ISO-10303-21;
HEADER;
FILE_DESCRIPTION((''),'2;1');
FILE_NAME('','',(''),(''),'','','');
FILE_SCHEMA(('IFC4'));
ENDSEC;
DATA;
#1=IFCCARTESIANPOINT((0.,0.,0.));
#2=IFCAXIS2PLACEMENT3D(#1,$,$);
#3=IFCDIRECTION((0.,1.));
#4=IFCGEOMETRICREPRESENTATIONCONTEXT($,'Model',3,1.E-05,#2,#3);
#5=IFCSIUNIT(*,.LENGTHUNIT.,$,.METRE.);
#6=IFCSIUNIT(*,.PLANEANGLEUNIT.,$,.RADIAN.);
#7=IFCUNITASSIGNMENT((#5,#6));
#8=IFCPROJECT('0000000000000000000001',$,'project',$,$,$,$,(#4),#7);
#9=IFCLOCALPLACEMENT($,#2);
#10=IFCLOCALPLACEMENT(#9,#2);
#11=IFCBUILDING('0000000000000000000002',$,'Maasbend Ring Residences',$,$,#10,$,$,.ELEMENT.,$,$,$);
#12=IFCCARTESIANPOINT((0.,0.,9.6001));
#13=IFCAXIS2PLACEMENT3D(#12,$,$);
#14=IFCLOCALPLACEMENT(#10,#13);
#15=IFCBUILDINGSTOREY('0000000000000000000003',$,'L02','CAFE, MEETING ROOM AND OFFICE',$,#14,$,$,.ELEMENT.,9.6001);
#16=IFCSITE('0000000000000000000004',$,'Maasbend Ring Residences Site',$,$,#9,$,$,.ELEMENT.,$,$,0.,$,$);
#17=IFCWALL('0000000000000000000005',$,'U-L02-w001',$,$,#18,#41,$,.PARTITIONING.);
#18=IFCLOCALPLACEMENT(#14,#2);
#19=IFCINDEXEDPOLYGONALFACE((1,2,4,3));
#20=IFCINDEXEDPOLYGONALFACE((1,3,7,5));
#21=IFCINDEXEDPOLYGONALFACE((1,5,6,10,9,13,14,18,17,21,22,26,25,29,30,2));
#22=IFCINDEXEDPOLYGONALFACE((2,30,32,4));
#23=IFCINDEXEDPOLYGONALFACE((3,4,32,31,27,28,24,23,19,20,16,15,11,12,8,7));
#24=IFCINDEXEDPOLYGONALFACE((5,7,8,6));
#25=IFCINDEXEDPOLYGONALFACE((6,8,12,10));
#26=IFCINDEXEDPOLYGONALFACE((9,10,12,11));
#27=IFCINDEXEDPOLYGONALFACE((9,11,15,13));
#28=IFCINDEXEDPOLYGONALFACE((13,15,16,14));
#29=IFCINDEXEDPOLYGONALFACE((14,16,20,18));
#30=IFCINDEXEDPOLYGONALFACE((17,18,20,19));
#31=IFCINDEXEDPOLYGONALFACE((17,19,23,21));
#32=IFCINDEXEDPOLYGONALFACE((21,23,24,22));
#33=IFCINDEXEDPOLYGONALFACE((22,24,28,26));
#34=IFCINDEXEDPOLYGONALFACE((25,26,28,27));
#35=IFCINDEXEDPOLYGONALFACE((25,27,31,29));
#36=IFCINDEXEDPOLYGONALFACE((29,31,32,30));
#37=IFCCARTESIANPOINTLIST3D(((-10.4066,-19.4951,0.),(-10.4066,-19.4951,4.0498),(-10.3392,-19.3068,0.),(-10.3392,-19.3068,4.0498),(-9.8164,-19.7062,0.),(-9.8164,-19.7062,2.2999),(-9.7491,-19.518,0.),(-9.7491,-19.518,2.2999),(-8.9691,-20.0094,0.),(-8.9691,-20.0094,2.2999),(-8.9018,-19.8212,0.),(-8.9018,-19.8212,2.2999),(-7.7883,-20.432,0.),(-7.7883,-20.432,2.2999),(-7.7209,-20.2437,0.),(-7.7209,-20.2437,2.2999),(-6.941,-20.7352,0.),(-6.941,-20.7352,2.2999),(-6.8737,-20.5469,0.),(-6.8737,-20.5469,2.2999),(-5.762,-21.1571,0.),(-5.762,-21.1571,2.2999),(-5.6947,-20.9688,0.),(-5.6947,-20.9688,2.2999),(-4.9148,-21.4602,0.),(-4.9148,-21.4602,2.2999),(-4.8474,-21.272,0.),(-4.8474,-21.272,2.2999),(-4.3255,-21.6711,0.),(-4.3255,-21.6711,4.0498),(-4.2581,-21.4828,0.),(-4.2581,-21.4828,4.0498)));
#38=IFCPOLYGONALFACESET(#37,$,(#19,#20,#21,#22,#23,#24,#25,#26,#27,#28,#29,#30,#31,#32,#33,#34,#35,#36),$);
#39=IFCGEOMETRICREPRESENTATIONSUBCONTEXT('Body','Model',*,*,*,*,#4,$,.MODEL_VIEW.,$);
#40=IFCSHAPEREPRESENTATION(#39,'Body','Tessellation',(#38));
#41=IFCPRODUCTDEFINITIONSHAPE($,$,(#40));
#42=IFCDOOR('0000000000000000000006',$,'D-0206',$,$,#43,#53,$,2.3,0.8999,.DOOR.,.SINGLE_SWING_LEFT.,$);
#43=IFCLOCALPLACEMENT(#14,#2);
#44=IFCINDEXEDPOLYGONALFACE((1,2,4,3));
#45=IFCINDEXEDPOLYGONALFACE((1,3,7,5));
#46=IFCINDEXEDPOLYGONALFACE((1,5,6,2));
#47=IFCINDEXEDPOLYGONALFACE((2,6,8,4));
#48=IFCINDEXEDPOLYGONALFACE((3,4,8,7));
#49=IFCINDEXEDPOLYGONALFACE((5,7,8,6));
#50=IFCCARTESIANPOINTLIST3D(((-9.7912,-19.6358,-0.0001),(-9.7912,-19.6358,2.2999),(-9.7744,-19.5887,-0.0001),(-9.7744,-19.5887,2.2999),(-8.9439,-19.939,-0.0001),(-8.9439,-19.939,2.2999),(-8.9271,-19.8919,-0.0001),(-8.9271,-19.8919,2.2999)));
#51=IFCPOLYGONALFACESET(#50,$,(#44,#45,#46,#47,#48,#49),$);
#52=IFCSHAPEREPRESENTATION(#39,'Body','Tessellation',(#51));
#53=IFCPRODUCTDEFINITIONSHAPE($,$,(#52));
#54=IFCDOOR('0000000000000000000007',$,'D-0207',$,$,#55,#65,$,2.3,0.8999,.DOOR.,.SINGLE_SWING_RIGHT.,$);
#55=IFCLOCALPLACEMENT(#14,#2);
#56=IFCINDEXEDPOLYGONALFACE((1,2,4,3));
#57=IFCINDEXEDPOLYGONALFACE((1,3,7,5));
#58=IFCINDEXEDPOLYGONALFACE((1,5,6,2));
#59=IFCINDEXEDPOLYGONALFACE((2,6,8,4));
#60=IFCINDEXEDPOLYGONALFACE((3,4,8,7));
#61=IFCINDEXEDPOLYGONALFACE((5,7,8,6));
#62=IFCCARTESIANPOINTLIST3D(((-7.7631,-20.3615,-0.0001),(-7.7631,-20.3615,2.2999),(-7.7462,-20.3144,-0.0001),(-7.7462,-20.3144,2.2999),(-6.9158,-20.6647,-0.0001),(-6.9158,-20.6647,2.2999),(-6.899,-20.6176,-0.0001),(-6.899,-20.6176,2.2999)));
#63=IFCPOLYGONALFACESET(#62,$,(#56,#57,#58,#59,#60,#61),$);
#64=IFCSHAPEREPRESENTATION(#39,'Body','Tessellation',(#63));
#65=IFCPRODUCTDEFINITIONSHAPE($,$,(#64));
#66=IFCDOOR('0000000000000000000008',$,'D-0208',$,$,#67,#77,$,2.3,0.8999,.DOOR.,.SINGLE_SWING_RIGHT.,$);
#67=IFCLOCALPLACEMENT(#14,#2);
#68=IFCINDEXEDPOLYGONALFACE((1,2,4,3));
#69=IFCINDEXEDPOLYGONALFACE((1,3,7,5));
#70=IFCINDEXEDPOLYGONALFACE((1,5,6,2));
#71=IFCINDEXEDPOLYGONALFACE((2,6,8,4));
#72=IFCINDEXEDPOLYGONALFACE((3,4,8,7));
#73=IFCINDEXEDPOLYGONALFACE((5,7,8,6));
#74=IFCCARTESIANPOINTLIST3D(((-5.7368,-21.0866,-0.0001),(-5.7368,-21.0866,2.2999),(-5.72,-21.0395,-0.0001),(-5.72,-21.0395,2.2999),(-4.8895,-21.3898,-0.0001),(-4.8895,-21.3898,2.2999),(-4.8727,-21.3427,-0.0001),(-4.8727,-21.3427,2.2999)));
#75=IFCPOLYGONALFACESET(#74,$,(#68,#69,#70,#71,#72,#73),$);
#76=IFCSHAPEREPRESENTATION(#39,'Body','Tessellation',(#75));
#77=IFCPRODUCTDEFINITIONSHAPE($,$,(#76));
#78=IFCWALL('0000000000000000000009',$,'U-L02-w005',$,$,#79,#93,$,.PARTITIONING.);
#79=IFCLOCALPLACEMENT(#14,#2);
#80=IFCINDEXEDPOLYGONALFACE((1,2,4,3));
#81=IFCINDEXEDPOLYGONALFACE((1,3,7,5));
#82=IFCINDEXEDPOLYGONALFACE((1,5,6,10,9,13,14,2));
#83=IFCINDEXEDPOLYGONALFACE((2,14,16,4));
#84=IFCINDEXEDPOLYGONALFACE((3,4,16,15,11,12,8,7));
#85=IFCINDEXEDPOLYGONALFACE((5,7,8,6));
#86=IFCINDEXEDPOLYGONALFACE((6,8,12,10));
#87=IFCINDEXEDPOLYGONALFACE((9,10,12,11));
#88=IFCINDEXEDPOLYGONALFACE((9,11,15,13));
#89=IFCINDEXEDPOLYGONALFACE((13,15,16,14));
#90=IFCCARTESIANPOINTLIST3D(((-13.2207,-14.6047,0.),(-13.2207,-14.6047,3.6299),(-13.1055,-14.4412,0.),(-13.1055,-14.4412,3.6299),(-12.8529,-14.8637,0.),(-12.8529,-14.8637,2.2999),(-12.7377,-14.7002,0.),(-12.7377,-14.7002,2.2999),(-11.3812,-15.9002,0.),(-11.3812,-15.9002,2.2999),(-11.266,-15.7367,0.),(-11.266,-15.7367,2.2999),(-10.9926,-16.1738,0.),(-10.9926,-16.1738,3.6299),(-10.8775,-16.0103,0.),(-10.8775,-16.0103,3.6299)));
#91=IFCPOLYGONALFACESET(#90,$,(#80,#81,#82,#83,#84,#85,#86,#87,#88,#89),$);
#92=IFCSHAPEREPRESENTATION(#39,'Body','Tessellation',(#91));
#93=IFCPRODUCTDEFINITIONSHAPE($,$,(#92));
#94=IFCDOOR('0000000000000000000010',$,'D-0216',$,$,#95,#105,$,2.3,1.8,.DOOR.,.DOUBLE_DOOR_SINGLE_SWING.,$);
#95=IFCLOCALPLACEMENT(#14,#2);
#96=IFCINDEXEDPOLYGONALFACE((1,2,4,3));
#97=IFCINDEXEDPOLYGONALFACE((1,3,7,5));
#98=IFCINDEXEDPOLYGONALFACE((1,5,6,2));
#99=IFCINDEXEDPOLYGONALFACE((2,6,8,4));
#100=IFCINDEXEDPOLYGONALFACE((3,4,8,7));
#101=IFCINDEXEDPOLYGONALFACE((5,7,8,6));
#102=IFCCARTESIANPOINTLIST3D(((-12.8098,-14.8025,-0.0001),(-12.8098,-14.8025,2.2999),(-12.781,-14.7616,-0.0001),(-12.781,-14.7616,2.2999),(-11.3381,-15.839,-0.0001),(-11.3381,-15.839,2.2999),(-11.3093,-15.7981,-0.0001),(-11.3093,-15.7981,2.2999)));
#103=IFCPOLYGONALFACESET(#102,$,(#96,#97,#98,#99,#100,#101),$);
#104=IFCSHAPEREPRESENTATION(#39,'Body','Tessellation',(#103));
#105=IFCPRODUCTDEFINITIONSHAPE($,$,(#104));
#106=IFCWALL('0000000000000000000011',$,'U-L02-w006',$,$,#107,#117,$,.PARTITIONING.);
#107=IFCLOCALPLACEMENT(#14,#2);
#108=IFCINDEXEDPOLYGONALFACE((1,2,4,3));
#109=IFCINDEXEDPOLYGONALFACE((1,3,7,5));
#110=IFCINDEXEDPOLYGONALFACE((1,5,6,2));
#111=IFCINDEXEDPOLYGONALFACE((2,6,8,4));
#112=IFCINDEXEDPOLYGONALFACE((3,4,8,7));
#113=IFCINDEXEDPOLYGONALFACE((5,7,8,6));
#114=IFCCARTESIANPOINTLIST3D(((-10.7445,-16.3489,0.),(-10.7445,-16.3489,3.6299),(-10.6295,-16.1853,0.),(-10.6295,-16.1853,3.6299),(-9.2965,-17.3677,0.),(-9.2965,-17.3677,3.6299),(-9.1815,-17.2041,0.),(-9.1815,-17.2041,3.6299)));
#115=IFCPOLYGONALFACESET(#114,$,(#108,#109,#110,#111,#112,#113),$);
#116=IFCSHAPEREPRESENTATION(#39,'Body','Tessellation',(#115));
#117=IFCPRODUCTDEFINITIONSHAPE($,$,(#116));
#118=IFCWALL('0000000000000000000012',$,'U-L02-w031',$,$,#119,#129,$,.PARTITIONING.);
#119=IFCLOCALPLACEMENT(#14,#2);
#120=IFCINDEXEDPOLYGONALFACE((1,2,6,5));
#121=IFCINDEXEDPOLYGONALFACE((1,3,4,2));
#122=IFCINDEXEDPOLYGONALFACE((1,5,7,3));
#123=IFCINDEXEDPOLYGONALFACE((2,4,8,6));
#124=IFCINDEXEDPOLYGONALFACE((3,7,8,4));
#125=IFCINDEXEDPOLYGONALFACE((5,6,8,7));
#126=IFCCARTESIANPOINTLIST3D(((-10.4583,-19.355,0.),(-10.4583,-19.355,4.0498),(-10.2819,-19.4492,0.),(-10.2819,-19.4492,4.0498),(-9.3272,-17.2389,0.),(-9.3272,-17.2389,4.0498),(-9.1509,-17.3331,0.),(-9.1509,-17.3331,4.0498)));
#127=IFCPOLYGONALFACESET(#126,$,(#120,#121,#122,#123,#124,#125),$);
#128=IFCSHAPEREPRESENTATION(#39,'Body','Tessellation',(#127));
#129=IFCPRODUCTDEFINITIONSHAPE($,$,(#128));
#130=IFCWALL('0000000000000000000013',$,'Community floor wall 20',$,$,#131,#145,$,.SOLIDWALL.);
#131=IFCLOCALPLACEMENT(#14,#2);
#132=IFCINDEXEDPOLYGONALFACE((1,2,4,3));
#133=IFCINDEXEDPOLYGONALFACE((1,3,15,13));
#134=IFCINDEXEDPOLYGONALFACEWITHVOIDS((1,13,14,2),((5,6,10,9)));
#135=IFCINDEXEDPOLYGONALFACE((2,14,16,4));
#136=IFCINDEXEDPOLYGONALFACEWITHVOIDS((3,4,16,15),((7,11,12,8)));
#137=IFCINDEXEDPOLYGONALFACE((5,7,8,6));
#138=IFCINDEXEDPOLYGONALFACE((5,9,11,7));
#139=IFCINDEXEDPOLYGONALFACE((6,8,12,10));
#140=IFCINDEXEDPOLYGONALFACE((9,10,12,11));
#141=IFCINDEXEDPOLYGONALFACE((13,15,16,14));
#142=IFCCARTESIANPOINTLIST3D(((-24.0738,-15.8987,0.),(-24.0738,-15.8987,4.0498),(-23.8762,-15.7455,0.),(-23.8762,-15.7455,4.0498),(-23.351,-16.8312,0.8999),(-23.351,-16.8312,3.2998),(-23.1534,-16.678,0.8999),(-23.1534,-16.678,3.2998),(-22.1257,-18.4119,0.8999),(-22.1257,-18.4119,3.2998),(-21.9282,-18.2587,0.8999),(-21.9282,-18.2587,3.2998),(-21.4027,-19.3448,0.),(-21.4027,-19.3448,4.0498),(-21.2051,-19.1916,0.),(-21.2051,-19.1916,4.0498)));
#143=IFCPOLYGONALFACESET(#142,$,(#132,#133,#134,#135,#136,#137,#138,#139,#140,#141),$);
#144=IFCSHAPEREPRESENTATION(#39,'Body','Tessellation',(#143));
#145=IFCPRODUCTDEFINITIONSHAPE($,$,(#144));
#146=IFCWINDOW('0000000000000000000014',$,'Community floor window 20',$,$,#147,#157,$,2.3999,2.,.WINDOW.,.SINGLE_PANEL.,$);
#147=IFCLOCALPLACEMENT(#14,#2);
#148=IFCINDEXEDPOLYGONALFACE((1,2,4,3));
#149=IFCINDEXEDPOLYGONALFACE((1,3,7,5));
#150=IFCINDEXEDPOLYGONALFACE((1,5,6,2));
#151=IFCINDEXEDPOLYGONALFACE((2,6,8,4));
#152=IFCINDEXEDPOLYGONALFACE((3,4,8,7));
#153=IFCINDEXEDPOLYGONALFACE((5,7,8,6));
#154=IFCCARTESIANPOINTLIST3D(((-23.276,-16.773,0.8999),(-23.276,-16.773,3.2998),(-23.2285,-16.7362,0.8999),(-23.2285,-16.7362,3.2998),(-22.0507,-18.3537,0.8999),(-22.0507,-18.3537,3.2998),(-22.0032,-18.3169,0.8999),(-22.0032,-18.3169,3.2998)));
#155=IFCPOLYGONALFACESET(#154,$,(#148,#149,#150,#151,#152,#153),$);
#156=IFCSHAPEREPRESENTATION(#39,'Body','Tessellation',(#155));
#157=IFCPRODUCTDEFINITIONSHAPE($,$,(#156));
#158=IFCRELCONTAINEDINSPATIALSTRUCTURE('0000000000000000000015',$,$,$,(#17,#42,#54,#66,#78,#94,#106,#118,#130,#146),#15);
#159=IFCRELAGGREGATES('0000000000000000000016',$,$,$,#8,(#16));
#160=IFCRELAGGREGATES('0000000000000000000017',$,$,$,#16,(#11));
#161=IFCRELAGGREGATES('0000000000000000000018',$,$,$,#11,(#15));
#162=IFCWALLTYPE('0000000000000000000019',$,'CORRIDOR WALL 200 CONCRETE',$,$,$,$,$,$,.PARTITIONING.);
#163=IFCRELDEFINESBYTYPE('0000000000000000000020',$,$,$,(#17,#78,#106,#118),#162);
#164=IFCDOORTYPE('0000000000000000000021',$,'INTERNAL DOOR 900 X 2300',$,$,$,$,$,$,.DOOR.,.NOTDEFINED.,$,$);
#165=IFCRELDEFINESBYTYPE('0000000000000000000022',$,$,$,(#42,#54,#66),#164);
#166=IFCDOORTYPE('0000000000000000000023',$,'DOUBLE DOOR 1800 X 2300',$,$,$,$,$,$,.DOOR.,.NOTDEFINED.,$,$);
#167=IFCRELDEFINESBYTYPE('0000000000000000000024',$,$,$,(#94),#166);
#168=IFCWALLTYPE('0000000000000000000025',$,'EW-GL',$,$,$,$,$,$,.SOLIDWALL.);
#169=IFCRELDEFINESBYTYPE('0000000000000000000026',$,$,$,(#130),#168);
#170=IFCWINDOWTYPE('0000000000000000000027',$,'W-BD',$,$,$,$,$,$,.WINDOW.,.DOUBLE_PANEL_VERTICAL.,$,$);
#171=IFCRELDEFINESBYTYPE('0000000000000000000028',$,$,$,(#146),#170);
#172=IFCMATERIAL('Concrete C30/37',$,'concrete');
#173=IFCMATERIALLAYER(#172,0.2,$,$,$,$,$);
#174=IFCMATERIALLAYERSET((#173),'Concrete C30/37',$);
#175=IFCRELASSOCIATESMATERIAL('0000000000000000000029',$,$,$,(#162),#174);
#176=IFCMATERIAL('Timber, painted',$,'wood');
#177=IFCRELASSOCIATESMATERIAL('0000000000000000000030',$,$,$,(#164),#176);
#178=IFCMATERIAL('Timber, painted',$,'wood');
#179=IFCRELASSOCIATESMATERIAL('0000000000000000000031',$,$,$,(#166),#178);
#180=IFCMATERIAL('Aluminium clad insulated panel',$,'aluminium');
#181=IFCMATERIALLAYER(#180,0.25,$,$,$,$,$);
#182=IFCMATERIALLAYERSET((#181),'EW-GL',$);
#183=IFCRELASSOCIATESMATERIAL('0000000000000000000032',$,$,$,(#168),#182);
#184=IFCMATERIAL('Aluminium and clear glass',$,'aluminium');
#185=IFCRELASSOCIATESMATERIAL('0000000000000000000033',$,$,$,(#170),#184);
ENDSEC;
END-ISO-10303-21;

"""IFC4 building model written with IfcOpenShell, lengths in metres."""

from ifc_helpers import new_model, si_unit, direction, frame, frame_2d, origin, place, context, subcontext, project, spatial, rectangle, extrude, material, layer, layer_set, type_object, element, fill, save


model = new_model("IFC4")

# Units and contexts
model_context = context("Model", 3, precision=1e-05, world=origin(), true_north=direction((0.0, 1.0)))
body_context = subcontext(model_context, "Body", "Model", "MODEL_VIEW")
ifc_project = project(units=[si_unit("LENGTHUNIT", "METRE"), si_unit("PLANEANGLEUNIT", "RADIAN")], contexts=[model_context])

# Site, building, storey
site_placement = place(None, origin())
site = spatial("IfcSite", under=ifc_project, at=site_placement, Name="Maasbend Ring Residences Site", CompositionType="ELEMENT", RefElevation=0.0)
building_placement = place(site_placement, origin())
building = spatial("IfcBuilding", under=site, at=building_placement, Name="Maasbend Ring Residences", CompositionType="ELEMENT")
storey_placement = place(building_placement, frame((0.0, 0.0, 9.6001)))
storey = spatial("IfcBuildingStorey", under=building, at=storey_placement, Name="L02", Description="CAFE, MEETING ROOM AND OFFICE", CompositionType="ELEMENT", Elevation=9.6001)

# Wall, openings, doors
ifc_material_1 = material(Name="Concrete C30/37", Category="concrete")
ifc_layer_1 = layer(ifc_material_1, 0.2)
ifc_layer_set_1 = layer_set([ifc_layer_1], Name="Concrete C30/37")
wall_type_1 = type_object("IfcWallType", Name="CORRIDOR WALL 200 CONCRETE", PredefinedType="PARTITIONING", material=ifc_layer_set_1)
wall_1_placement = place(storey_placement, frame((-10.373, -19.4009, 0.0), z_axis=(0.0, 0.0, 1.0), x_axis=(0.941535, -0.336916, 0.0)))
wall_1 = element("IfcWall", 1, at=wall_1_placement, inside=storey, type_object=wall_type_1, Name="U-L02-w001", PredefinedType="PARTITIONING", context=body_context, shape_type="SweptSolid", body=[
    extrude(rectangle(XDim=6.4587, YDim=0.2, at=frame_2d((3.2295, 0.0))), origin(), (0.0, 0.0, 1.0), 4.0498),
])
opening_1_placement = place(wall_1_placement, frame((0.627, 0.0, 0.0)))
opening_1 = element("IfcOpeningElement", 2, at=opening_1_placement, cuts=wall_1, PredefinedType="OPENING", context=body_context, shape_type="SweptSolid", body=[
    extrude(rectangle(XDim=0.8999, YDim=2.3, at=frame_2d((0.45, 1.1499))), frame((0.0, 0.1099, 0.0), z_axis=(0.0, -1.0, 0.0), x_axis=(1.0, 0.0, 0.0)), (0.0, 0.0, 1.0), 0.22),
])
opening_2_placement = place(wall_1_placement, frame((2.781, 0.0, 0.0)))
opening_2 = element("IfcOpeningElement", 3, at=opening_2_placement, cuts=wall_1, PredefinedType="OPENING", context=body_context, shape_type="SweptSolid", body=[
    extrude(rectangle(XDim=0.8999, YDim=2.3, at=frame_2d((0.45, 1.1499))), frame((0.0, 0.1099, 0.0), z_axis=(0.0, -1.0, 0.0), x_axis=(1.0, 0.0, 0.0)), (0.0, 0.0, 1.0), 0.22),
])
opening_3_placement = place(wall_1_placement, frame((4.9331, 0.0, 0.0)))
opening_3 = element("IfcOpeningElement", 4, at=opening_3_placement, cuts=wall_1, PredefinedType="OPENING", context=body_context, shape_type="SweptSolid", body=[
    extrude(rectangle(XDim=0.8999, YDim=2.3, at=frame_2d((0.45, 1.1499))), frame((0.0, 0.1099, 0.0), z_axis=(0.0, -1.0, 0.0), x_axis=(1.0, 0.0, 0.0)), (0.0, 0.0, 1.0), 0.22),
])
ifc_material_2 = material(Name="Timber, painted", Category="wood")
door_type_1 = type_object("IfcDoorType", Name="INTERNAL DOOR 900 X 2300", OperationType="NOTDEFINED", PredefinedType="DOOR", material=ifc_material_2)
door_1_placement = place(opening_1_placement, origin())
door_1 = element("IfcDoor", 5, at=door_1_placement, inside=storey, type_object=door_type_1, Name="D-0206", OperationType="SINGLE_SWING_LEFT", OverallHeight=2.3, OverallWidth=0.8999, PredefinedType="DOOR", context=body_context, shape_type="SweptSolid", body=[
    extrude(rectangle(XDim=0.8999, YDim=2.3, at=frame_2d((0.45, 1.1499))), frame((0.0, 0.0249, 0.0), z_axis=(0.0, -1.0, 0.0), x_axis=(1.0, 0.0, 0.0)), (0.0, 0.0, 1.0), 0.05),
])
fill(opening_1, door_1)
door_2_placement = place(opening_2_placement, origin())
door_2 = element("IfcDoor", 6, at=door_2_placement, inside=storey, type_object=door_type_1, Name="D-0207", OperationType="SINGLE_SWING_RIGHT", OverallHeight=2.3, OverallWidth=0.8999, PredefinedType="DOOR", context=body_context, shape_type="SweptSolid", body=[
    extrude(rectangle(XDim=0.8999, YDim=2.3, at=frame_2d((0.45, 1.1499))), frame((0.0, 0.0249, 0.0), z_axis=(0.0, -1.0, 0.0), x_axis=(1.0, 0.0, 0.0)), (0.0, 0.0, 1.0), 0.05),
])
fill(opening_2, door_2)
door_3_placement = place(opening_3_placement, origin())
door_3 = element("IfcDoor", 7, at=door_3_placement, inside=storey, type_object=door_type_1, Name="D-0208", OperationType="SINGLE_SWING_RIGHT", OverallHeight=2.3, OverallWidth=0.8999, PredefinedType="DOOR", context=body_context, shape_type="SweptSolid", body=[
    extrude(rectangle(XDim=0.8999, YDim=2.3, at=frame_2d((0.45, 1.1499))), frame((0.0, 0.0249, 0.0), z_axis=(0.0, -1.0, 0.0), x_axis=(1.0, 0.0, 0.0)), (0.0, 0.0, 1.0), 0.05),
])
fill(opening_3, door_3)

# Wall, opening, door
wall_2_placement = place(storey_placement, frame((-13.1631, -14.5229, 0.0), z_axis=(0.0, 0.0, 1.0), x_axis=(0.817596, -0.575793, 0.0)))
wall_2 = element("IfcWall", 8, at=wall_2_placement, inside=storey, type_object=wall_type_1, Name="U-L02-w005", PredefinedType="PARTITIONING", context=body_context, shape_type="SweptSolid", body=[
    extrude(rectangle(XDim=2.7251, YDim=0.2, at=frame_2d((1.3625, 0.0))), origin(), (0.0, 0.0, 1.0), 3.6299),
])
opening_4_placement = place(wall_2_placement, frame((0.45, 0.0, 0.0)))
opening_4 = element("IfcOpeningElement", 9, at=opening_4_placement, cuts=wall_2, PredefinedType="OPENING", context=body_context, shape_type="SweptSolid", body=[
    extrude(rectangle(XDim=1.8, YDim=2.3, at=frame_2d((0.8999, 1.1499))), frame((0.0, 0.1099, 0.0), z_axis=(0.0, -1.0, 0.0), x_axis=(1.0, 0.0, 0.0)), (0.0, 0.0, 1.0), 0.22),
])
ifc_material_3 = material(Name="Timber, painted", Category="wood")
door_type_2 = type_object("IfcDoorType", Name="DOUBLE DOOR 1800 X 2300", OperationType="NOTDEFINED", PredefinedType="DOOR", material=ifc_material_3)
door_4_placement = place(opening_4_placement, origin())
door_4 = element("IfcDoor", 10, at=door_4_placement, inside=storey, type_object=door_type_2, Name="D-0216", OperationType="DOUBLE_DOOR_SINGLE_SWING", OverallHeight=2.3, OverallWidth=1.8, PredefinedType="DOOR", context=body_context, shape_type="SweptSolid", body=[
    extrude(rectangle(XDim=1.8, YDim=2.3, at=frame_2d((0.8999, 1.1499))), frame((0.0, 0.0249, 0.0), z_axis=(0.0, -1.0, 0.0), x_axis=(1.0, 0.0, 0.0)), (0.0, 0.0, 1.0), 0.05),
])
fill(opening_4, door_4)

# Walls
wall_3_placement = place(storey_placement, frame((-10.687, -16.2671, 0.0), z_axis=(0.0, 0.0, 1.0), x_axis=(0.81785, -0.575432, 0.0)))
element("IfcWall", 11, at=wall_3_placement, inside=storey, type_object=wall_type_1, Name="U-L02-w006", PredefinedType="PARTITIONING", context=body_context, shape_type="SweptSolid", body=[
    extrude(rectangle(XDim=1.7705, YDim=0.2, at=frame_2d((0.8853, 0.0))), origin(), (0.0, 0.0, 1.0), 3.6299),
])
wall_4_placement = place(storey_placement, frame((-10.3701, -19.4021, 0.0), z_axis=(0.0, 0.0, 1.0), x_axis=(0.471385, 0.881927, 0.0)))
element("IfcWall", 12, at=wall_4_placement, inside=storey, type_object=wall_type_1, Name="U-L02-w031", PredefinedType="PARTITIONING", context=body_context, shape_type="SweptSolid", body=[
    extrude(rectangle(XDim=2.3994, YDim=0.2, at=frame_2d((1.1997, 0.0))), origin(), (0.0, 0.0, 1.0), 4.0498),
])

# Wall, opening, window
ifc_material_4 = material(Name="Aluminium clad insulated panel", Category="aluminium")
ifc_layer_2 = layer(ifc_material_4, 0.25)
ifc_layer_set_2 = layer_set([ifc_layer_2], Name="EW-GL")
wall_type_2 = type_object("IfcWallType", Name="EW-GL", PredefinedType="SOLIDWALL", material=ifc_layer_set_2)
wall_5_placement = place(storey_placement, frame((-23.9751, -15.822, 0.0), z_axis=(0.0, 0.0, 1.0), x_axis=(0.612637, -0.790364, 0.0)))
wall_5 = element("IfcWall", 13, at=wall_5_placement, inside=storey, type_object=wall_type_2, Name="Community floor wall 20", PredefinedType="SOLIDWALL", context=body_context, shape_type="SweptSolid", body=[
    extrude(rectangle(XDim=4.3601, YDim=0.25, at=frame_2d((2.1802, 0.0))), origin(), (0.0, 0.0, 1.0), 4.0498),
])
opening_5_placement = place(wall_5_placement, frame((1.1799, 0.0, 0.8999)))
opening_5 = element("IfcOpeningElement", 14, at=opening_5_placement, cuts=wall_5, PredefinedType="OPENING", context=body_context, shape_type="SweptSolid", body=[
    extrude(rectangle(XDim=2.0, YDim=2.3999, at=frame_2d((1.0, 1.2))), frame((0.0, 0.135, 0.0), z_axis=(0.0, -1.0, 0.0), x_axis=(1.0, 0.0, 0.0)), (0.0, 0.0, 1.0), 0.27),
])
ifc_material_5 = material(Name="Aluminium and clear glass", Category="aluminium")
window_type = type_object("IfcWindowType", Name="W-BD", PartitioningType="DOUBLE_PANEL_VERTICAL", PredefinedType="WINDOW", material=ifc_material_5)
window_1_placement = place(opening_5_placement, origin())
window_1 = element("IfcWindow", 15, at=window_1_placement, inside=storey, type_object=window_type, Name="Community floor window 20", OverallHeight=2.3999, OverallWidth=2.0, PartitioningType="SINGLE_PANEL", PredefinedType="WINDOW", context=body_context, shape_type="SweptSolid", body=[
    extrude(rectangle(XDim=2.0, YDim=2.3999, at=frame_2d((1.0, 1.2))), frame((0.0, 0.03, 0.0), z_axis=(0.0, -1.0, 0.0), x_axis=(1.0, 0.0, 0.0)), (0.0, 0.0, 1.0), 0.0601),
])
fill(opening_5, window_1)

save(model, "model.ifc")
